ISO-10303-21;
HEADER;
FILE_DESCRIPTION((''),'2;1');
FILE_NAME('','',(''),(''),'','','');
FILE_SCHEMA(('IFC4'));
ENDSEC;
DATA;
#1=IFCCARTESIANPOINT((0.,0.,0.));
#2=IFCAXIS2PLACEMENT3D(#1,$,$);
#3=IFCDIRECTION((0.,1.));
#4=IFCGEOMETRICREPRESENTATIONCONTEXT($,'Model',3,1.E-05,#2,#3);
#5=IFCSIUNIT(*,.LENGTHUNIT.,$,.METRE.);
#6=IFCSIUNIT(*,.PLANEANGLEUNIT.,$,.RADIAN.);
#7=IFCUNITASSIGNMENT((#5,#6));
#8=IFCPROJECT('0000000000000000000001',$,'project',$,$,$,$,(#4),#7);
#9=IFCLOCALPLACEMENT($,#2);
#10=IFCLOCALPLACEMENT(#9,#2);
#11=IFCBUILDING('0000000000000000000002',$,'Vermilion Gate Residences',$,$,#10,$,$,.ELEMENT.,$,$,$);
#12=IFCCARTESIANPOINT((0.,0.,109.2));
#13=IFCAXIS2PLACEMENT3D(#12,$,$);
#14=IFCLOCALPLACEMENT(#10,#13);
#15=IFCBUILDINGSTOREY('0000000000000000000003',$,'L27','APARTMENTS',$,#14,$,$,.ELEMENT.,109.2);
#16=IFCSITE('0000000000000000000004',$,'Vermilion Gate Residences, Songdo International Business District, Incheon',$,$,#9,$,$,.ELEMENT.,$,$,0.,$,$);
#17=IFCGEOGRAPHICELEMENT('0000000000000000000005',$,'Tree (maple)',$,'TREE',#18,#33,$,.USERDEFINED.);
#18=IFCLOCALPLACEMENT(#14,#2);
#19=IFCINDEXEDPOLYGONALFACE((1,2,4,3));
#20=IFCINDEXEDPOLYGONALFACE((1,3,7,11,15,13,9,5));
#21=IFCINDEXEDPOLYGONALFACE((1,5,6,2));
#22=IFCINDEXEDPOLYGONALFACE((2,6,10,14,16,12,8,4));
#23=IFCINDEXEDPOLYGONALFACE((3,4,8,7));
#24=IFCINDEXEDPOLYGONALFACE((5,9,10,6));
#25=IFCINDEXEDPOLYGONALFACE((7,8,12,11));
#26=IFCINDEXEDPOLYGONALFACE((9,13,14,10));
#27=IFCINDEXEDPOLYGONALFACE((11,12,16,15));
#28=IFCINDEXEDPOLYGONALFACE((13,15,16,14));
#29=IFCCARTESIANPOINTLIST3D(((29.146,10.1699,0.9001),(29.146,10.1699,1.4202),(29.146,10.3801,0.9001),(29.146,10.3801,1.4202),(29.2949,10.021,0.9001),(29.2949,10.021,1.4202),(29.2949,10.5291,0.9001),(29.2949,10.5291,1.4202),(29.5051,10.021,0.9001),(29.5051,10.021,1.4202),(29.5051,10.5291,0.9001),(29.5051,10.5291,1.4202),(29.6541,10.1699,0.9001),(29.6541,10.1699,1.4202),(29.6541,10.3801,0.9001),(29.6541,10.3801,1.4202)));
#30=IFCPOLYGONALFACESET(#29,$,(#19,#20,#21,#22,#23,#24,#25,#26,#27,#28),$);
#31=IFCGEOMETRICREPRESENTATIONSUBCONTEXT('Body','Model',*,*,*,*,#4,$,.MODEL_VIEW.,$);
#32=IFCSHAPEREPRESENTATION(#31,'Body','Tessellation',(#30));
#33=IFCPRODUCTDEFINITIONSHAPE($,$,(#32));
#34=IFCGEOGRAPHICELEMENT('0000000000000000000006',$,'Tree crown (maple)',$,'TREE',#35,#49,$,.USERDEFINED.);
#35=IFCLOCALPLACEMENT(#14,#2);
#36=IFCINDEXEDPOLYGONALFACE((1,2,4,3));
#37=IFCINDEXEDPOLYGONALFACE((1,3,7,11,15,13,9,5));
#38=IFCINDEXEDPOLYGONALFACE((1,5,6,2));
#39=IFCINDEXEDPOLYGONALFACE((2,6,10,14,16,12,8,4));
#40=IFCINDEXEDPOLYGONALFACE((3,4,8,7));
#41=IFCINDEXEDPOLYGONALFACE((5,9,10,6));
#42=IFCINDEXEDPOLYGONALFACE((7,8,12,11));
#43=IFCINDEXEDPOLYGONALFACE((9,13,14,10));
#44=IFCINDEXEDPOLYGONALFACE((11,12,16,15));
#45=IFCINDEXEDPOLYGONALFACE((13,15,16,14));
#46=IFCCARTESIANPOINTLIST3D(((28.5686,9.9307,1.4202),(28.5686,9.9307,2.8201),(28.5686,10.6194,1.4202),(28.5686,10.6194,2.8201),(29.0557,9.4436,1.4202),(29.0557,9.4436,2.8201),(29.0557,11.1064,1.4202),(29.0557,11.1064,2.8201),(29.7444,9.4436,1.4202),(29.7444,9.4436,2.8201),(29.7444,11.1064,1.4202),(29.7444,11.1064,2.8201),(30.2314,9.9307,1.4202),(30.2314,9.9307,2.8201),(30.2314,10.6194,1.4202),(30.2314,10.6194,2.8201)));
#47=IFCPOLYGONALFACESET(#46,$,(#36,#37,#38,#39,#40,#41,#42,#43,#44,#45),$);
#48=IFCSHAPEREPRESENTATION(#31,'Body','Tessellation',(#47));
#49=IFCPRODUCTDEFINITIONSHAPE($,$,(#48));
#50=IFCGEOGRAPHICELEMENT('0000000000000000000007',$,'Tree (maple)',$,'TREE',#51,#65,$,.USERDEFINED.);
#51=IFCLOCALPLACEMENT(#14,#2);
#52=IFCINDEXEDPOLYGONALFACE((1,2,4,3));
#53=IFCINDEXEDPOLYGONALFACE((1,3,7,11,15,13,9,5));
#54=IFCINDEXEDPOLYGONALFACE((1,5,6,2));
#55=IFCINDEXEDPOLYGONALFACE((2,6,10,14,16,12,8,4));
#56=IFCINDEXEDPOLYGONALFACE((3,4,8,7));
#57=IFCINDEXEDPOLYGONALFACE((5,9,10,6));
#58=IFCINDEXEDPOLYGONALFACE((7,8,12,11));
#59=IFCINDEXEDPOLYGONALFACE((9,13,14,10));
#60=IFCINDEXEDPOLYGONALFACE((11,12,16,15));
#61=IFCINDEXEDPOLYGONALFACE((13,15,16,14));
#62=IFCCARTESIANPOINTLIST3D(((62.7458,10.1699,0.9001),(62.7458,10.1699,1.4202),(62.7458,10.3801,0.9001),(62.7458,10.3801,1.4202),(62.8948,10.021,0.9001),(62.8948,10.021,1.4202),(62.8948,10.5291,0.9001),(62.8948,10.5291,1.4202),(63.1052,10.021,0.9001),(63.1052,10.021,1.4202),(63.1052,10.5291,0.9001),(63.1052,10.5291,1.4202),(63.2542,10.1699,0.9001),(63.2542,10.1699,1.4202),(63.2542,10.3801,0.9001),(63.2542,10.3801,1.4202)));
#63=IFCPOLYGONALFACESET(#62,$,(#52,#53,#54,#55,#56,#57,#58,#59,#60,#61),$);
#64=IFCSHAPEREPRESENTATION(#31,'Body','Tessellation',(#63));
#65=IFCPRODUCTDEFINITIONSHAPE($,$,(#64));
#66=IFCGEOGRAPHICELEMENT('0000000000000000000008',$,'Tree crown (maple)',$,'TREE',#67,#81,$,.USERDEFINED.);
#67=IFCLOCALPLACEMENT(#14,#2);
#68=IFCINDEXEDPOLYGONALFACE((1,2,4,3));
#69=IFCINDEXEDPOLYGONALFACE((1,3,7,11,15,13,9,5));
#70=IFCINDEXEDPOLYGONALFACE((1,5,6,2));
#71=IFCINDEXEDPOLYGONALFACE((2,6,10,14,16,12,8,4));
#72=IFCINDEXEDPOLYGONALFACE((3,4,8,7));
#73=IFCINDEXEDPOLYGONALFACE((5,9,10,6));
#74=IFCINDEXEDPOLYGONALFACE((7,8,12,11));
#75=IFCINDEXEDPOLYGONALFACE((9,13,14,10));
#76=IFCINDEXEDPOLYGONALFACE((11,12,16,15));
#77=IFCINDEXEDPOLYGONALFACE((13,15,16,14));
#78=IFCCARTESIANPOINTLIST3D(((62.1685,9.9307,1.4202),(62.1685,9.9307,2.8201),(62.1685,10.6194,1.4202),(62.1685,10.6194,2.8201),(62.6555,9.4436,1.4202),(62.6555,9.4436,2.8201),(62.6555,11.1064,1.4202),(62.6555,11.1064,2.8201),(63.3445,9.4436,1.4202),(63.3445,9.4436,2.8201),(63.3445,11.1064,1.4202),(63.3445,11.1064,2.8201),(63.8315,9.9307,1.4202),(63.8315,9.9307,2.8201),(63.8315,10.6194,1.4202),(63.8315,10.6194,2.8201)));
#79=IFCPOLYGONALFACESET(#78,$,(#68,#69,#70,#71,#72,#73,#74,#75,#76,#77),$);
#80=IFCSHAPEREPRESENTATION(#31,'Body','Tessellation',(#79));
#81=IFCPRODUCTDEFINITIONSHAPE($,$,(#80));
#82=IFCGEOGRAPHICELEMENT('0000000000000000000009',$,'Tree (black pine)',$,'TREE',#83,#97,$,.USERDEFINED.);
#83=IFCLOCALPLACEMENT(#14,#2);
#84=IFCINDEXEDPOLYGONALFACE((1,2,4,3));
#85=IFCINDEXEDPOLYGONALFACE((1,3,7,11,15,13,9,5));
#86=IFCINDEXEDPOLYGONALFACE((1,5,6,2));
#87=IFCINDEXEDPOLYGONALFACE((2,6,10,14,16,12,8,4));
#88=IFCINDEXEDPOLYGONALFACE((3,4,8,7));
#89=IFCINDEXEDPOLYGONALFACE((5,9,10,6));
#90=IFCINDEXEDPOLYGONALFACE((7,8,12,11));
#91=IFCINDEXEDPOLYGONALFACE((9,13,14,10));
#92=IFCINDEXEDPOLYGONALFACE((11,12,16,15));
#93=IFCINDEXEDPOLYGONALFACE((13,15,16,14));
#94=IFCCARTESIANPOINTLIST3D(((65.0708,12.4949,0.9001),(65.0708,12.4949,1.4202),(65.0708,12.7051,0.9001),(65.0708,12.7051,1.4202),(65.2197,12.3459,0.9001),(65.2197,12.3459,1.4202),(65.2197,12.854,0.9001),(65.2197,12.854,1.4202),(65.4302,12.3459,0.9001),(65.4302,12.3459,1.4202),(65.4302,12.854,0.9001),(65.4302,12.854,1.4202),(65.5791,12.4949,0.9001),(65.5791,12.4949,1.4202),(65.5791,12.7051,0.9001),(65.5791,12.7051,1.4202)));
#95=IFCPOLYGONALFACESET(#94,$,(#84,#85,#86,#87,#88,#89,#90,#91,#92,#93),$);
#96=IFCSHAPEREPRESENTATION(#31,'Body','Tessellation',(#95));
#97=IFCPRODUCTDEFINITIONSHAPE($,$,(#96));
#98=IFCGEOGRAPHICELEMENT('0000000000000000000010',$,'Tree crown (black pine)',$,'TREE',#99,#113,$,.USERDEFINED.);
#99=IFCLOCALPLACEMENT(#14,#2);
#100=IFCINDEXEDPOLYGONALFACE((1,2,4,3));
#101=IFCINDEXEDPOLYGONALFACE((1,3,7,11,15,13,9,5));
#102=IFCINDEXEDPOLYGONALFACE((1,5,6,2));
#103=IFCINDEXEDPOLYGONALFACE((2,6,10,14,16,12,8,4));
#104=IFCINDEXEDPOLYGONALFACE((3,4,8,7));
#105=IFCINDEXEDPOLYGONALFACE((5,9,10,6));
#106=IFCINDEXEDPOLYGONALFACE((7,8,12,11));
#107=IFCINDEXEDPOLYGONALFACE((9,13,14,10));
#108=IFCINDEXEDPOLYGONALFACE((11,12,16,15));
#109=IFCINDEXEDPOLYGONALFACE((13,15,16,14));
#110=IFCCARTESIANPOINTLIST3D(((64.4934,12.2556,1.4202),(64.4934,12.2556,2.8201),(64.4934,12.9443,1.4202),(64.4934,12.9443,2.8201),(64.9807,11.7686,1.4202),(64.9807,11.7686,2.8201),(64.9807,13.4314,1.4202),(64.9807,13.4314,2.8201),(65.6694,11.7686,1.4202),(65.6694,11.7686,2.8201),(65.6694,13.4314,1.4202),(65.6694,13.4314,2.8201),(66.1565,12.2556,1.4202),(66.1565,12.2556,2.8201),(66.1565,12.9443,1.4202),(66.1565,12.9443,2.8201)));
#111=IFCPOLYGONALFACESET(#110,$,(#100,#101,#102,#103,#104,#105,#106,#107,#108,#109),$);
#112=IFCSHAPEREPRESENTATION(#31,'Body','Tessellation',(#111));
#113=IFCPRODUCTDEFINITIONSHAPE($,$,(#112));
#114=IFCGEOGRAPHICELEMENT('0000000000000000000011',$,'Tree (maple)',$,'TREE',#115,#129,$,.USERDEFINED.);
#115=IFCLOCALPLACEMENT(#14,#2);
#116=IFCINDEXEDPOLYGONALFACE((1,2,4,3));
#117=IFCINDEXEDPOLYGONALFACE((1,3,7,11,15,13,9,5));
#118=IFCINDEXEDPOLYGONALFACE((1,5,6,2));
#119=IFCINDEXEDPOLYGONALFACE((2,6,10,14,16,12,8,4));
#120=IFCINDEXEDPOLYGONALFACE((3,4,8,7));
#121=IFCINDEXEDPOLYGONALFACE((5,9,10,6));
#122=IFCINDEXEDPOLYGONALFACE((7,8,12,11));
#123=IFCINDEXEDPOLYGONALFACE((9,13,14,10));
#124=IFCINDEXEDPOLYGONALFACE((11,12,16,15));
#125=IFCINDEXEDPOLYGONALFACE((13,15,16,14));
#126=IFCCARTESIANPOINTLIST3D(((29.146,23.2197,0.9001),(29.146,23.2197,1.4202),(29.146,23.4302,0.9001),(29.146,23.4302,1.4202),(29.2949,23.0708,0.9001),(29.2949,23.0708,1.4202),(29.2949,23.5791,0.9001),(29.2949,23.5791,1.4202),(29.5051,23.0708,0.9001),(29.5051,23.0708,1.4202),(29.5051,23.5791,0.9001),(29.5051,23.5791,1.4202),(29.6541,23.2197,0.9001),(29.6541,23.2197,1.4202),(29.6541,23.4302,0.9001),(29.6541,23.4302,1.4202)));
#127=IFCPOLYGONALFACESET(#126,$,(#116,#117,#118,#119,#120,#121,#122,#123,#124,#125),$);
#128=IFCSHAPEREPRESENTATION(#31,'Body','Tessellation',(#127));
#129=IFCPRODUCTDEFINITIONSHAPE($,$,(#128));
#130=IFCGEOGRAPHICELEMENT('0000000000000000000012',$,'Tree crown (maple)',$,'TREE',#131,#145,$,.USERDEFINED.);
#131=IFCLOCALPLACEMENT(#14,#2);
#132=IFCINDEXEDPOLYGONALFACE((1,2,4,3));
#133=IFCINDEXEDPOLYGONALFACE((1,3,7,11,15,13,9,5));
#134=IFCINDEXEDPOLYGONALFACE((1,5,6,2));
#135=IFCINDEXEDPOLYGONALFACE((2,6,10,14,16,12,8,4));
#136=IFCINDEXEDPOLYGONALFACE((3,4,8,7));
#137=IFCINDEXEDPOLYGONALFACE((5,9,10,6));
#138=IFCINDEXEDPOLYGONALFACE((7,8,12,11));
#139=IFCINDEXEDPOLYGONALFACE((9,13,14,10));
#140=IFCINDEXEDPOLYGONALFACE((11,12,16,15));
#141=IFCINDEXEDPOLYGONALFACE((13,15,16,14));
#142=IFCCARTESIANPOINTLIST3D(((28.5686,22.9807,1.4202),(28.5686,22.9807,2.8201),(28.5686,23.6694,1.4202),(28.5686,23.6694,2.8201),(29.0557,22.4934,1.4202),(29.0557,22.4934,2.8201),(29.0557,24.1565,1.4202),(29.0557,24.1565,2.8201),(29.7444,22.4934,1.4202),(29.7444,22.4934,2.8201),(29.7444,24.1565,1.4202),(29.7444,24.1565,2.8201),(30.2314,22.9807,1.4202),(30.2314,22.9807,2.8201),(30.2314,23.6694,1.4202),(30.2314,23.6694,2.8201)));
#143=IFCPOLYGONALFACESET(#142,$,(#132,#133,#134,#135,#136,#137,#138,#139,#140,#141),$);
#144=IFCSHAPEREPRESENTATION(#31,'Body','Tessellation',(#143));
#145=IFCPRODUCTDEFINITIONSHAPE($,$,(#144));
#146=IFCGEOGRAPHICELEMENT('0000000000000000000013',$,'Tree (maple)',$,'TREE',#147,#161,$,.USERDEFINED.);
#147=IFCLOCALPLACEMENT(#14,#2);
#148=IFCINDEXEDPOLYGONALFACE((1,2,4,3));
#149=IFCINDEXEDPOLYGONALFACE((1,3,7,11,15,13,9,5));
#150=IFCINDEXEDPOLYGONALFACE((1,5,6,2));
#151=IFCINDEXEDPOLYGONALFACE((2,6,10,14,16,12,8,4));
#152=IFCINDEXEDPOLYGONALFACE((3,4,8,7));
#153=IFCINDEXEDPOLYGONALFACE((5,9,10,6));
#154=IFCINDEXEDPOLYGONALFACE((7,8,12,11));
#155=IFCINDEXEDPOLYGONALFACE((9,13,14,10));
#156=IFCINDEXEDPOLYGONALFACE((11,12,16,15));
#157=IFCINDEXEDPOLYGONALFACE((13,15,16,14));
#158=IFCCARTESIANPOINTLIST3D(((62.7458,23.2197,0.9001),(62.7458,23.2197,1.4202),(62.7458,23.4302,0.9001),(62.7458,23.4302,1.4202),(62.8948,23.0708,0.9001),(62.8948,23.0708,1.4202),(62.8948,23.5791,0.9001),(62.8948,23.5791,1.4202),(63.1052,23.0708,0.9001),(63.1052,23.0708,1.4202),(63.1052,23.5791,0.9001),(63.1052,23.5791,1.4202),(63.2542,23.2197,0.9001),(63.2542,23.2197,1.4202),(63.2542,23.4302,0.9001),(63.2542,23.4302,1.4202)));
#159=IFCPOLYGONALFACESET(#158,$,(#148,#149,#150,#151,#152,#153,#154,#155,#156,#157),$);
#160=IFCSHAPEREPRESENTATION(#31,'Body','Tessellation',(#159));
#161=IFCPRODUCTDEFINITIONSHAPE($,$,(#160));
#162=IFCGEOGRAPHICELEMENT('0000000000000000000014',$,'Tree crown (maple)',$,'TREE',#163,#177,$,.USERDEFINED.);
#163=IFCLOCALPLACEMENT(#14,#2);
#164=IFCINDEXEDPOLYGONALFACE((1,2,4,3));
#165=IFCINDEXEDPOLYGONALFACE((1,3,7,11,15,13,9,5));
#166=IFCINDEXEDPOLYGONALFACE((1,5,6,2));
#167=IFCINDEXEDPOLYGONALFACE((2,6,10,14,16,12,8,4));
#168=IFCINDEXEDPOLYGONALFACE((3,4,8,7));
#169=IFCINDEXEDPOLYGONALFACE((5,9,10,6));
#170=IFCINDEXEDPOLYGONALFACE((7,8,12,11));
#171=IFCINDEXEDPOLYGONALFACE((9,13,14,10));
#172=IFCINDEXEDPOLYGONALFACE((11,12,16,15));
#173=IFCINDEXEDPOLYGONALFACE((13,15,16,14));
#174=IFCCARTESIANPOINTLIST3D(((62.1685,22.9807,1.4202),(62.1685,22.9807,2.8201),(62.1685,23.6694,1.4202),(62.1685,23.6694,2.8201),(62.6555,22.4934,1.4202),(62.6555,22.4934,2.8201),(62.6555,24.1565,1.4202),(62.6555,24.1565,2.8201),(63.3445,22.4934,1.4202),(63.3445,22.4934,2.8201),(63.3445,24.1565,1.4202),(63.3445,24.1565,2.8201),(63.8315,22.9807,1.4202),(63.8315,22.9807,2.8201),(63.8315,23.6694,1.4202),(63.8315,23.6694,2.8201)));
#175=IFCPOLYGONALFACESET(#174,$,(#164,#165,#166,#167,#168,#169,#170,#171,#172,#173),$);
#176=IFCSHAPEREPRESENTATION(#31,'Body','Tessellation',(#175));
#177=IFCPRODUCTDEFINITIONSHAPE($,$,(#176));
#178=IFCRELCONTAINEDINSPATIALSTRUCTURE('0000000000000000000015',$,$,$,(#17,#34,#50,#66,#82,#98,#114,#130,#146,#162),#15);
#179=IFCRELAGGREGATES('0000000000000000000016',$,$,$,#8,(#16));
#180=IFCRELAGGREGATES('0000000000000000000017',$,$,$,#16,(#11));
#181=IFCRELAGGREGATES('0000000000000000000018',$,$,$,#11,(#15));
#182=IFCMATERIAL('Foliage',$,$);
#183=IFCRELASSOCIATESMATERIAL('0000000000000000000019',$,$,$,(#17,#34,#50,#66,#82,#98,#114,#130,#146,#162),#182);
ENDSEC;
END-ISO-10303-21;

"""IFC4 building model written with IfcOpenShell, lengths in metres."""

from ifc_helpers import new_model, si_unit, direction, frame, origin, place, context, subcontext, project, spatial, polyline, outline, extrude, material, element, save


model = new_model("IFC4")

# Units and contexts
model_context = context("Model", 3, precision=1e-05, world=origin(), true_north=direction((0.0, 1.0)))
body_context = subcontext(model_context, "Body", "Model", "MODEL_VIEW")
ifc_project = project(units=[si_unit("LENGTHUNIT", "METRE"), si_unit("PLANEANGLEUNIT", "RADIAN")], contexts=[model_context])

# Site, building, storey
site_placement = place(None, origin())
site = spatial("IfcSite", under=ifc_project, at=site_placement, Name="Vermilion Gate Residences, Songdo International Business District, Incheon", CompositionType="ELEMENT", RefElevation=0.0)
building_placement = place(site_placement, origin())
building = spatial("IfcBuilding", under=site, at=building_placement, Name="Vermilion Gate Residences", CompositionType="ELEMENT")
storey_placement = place(building_placement, frame((0.0, 0.0, 109.2)))
storey = spatial("IfcBuildingStorey", under=building, at=storey_placement, Name="L27", Description="APARTMENTS", CompositionType="ELEMENT", Elevation=109.2)

# Geographic elements
ifc_material_1 = material(Name="Foliage")
geographic_element_1_placement = place(storey_placement, frame((0.0, 0.0, 0.9001)))
element("IfcGeographicElement", 1, at=geographic_element_1_placement, inside=storey, material=ifc_material_1, Name="Tree (maple)", ObjectType="TREE", PredefinedType="USERDEFINED", context=body_context, shape_type="SweptSolid", body=[
    extrude(outline(polyline([(29.6541, 10.3801), (29.5051, 10.5291), (29.2949, 10.5291), (29.146, 10.3801), (29.146, 10.1699), (29.2949, 10.021), (29.5051, 10.021), (29.6541, 10.1699), (29.6541, 10.3801)])), origin(), (0.0, 0.0, 1.0), 0.52),
])
geographic_element_2_placement = place(storey_placement, frame((0.0, 0.0, 1.4202)))
element("IfcGeographicElement", 2, at=geographic_element_2_placement, inside=storey, material=ifc_material_1, Name="Tree crown (maple)", ObjectType="TREE", PredefinedType="USERDEFINED", context=body_context, shape_type="SweptSolid", body=[
    extrude(outline(polyline([(30.2314, 10.6194), (29.7444, 11.1064), (29.0557, 11.1064), (28.5686, 10.6194), (28.5686, 9.9307), (29.0557, 9.4436), (29.7444, 9.4436), (30.2314, 9.9307), (30.2314, 10.6194)])), origin(), (0.0, 0.0, 1.0), 1.3999),
])
geographic_element_3_placement = place(storey_placement, frame((0.0, 0.0, 0.9001)))
element("IfcGeographicElement", 3, at=geographic_element_3_placement, inside=storey, material=ifc_material_1, Name="Tree (maple)", ObjectType="TREE", PredefinedType="USERDEFINED", context=body_context, shape_type="SweptSolid", body=[
    extrude(outline(polyline([(63.2542, 10.3801), (63.1052, 10.5291), (62.8948, 10.5291), (62.7458, 10.3801), (62.7458, 10.1699), (62.8948, 10.021), (63.1052, 10.021), (63.2542, 10.1699), (63.2542, 10.3801)])), origin(), (0.0, 0.0, 1.0), 0.52),
])
geographic_element_4_placement = place(storey_placement, frame((0.0, 0.0, 1.4202)))
element("IfcGeographicElement", 4, at=geographic_element_4_placement, inside=storey, material=ifc_material_1, Name="Tree crown (maple)", ObjectType="TREE", PredefinedType="USERDEFINED", context=body_context, shape_type="SweptSolid", body=[
    extrude(outline(polyline([(63.8315, 10.6194), (63.3445, 11.1064), (62.6555, 11.1064), (62.1685, 10.6194), (62.1685, 9.9307), (62.6555, 9.4436), (63.3445, 9.4436), (63.8315, 9.9307), (63.8315, 10.6194)])), origin(), (0.0, 0.0, 1.0), 1.3999),
])
geographic_element_5_placement = place(storey_placement, frame((0.0, 0.0, 0.9001)))
element("IfcGeographicElement", 5, at=geographic_element_5_placement, inside=storey, material=ifc_material_1, Name="Tree (black pine)", ObjectType="TREE", PredefinedType="USERDEFINED", context=body_context, shape_type="SweptSolid", body=[
    extrude(outline(polyline([(65.5791, 12.7051), (65.4302, 12.854), (65.2197, 12.854), (65.0708, 12.7051), (65.0708, 12.4949), (65.2197, 12.3459), (65.4302, 12.3459), (65.5791, 12.4949), (65.5791, 12.7051)])), origin(), (0.0, 0.0, 1.0), 0.52),
])
geographic_element_6_placement = place(storey_placement, frame((0.0, 0.0, 1.4202)))
element("IfcGeographicElement", 6, at=geographic_element_6_placement, inside=storey, material=ifc_material_1, Name="Tree crown (black pine)", ObjectType="TREE", PredefinedType="USERDEFINED", context=body_context, shape_type="SweptSolid", body=[
    extrude(outline(polyline([(66.1565, 12.9443), (65.6694, 13.4314), (64.9807, 13.4314), (64.4934, 12.9443), (64.4934, 12.2556), (64.9807, 11.7686), (65.6694, 11.7686), (66.1565, 12.2556), (66.1565, 12.9443)])), origin(), (0.0, 0.0, 1.0), 1.3999),
])
geographic_element_7_placement = place(storey_placement, frame((0.0, 0.0, 0.9001)))
element("IfcGeographicElement", 7, at=geographic_element_7_placement, inside=storey, material=ifc_material_1, Name="Tree (maple)", ObjectType="TREE", PredefinedType="USERDEFINED", context=body_context, shape_type="SweptSolid", body=[
    extrude(outline(polyline([(29.6541, 23.4302), (29.5051, 23.5791), (29.2949, 23.5791), (29.146, 23.4302), (29.146, 23.2197), (29.2949, 23.0708), (29.5051, 23.0708), (29.6541, 23.2197), (29.6541, 23.4302)])), origin(), (0.0, 0.0, 1.0), 0.52),
])
geographic_element_8_placement = place(storey_placement, frame((0.0, 0.0, 1.4202)))
element("IfcGeographicElement", 8, at=geographic_element_8_placement, inside=storey, material=ifc_material_1, Name="Tree crown (maple)", ObjectType="TREE", PredefinedType="USERDEFINED", context=body_context, shape_type="SweptSolid", body=[
    extrude(outline(polyline([(30.2314, 23.6694), (29.7444, 24.1565), (29.0557, 24.1565), (28.5686, 23.6694), (28.5686, 22.9807), (29.0557, 22.4934), (29.7444, 22.4934), (30.2314, 22.9807), (30.2314, 23.6694)])), origin(), (0.0, 0.0, 1.0), 1.3999),
])
geographic_element_9_placement = place(storey_placement, frame((0.0, 0.0, 0.9001)))
element("IfcGeographicElement", 9, at=geographic_element_9_placement, inside=storey, material=ifc_material_1, Name="Tree (maple)", ObjectType="TREE", PredefinedType="USERDEFINED", context=body_context, shape_type="SweptSolid", body=[
    extrude(outline(polyline([(63.2542, 23.4302), (63.1052, 23.5791), (62.8948, 23.5791), (62.7458, 23.4302), (62.7458, 23.2197), (62.8948, 23.0708), (63.1052, 23.0708), (63.2542, 23.2197), (63.2542, 23.4302)])), origin(), (0.0, 0.0, 1.0), 0.52),
])
geographic_element_10_placement = place(storey_placement, frame((0.0, 0.0, 1.4202)))
element("IfcGeographicElement", 10, at=geographic_element_10_placement, inside=storey, material=ifc_material_1, Name="Tree crown (maple)", ObjectType="TREE", PredefinedType="USERDEFINED", context=body_context, shape_type="SweptSolid", body=[
    extrude(outline(polyline([(63.8315, 23.6694), (63.3445, 24.1565), (62.6555, 24.1565), (62.1685, 23.6694), (62.1685, 22.9807), (62.6555, 22.4934), (63.3445, 22.4934), (63.8315, 22.9807), (63.8315, 23.6694)])), origin(), (0.0, 0.0, 1.0), 1.3999),
])

save(model, "model.ifc")
